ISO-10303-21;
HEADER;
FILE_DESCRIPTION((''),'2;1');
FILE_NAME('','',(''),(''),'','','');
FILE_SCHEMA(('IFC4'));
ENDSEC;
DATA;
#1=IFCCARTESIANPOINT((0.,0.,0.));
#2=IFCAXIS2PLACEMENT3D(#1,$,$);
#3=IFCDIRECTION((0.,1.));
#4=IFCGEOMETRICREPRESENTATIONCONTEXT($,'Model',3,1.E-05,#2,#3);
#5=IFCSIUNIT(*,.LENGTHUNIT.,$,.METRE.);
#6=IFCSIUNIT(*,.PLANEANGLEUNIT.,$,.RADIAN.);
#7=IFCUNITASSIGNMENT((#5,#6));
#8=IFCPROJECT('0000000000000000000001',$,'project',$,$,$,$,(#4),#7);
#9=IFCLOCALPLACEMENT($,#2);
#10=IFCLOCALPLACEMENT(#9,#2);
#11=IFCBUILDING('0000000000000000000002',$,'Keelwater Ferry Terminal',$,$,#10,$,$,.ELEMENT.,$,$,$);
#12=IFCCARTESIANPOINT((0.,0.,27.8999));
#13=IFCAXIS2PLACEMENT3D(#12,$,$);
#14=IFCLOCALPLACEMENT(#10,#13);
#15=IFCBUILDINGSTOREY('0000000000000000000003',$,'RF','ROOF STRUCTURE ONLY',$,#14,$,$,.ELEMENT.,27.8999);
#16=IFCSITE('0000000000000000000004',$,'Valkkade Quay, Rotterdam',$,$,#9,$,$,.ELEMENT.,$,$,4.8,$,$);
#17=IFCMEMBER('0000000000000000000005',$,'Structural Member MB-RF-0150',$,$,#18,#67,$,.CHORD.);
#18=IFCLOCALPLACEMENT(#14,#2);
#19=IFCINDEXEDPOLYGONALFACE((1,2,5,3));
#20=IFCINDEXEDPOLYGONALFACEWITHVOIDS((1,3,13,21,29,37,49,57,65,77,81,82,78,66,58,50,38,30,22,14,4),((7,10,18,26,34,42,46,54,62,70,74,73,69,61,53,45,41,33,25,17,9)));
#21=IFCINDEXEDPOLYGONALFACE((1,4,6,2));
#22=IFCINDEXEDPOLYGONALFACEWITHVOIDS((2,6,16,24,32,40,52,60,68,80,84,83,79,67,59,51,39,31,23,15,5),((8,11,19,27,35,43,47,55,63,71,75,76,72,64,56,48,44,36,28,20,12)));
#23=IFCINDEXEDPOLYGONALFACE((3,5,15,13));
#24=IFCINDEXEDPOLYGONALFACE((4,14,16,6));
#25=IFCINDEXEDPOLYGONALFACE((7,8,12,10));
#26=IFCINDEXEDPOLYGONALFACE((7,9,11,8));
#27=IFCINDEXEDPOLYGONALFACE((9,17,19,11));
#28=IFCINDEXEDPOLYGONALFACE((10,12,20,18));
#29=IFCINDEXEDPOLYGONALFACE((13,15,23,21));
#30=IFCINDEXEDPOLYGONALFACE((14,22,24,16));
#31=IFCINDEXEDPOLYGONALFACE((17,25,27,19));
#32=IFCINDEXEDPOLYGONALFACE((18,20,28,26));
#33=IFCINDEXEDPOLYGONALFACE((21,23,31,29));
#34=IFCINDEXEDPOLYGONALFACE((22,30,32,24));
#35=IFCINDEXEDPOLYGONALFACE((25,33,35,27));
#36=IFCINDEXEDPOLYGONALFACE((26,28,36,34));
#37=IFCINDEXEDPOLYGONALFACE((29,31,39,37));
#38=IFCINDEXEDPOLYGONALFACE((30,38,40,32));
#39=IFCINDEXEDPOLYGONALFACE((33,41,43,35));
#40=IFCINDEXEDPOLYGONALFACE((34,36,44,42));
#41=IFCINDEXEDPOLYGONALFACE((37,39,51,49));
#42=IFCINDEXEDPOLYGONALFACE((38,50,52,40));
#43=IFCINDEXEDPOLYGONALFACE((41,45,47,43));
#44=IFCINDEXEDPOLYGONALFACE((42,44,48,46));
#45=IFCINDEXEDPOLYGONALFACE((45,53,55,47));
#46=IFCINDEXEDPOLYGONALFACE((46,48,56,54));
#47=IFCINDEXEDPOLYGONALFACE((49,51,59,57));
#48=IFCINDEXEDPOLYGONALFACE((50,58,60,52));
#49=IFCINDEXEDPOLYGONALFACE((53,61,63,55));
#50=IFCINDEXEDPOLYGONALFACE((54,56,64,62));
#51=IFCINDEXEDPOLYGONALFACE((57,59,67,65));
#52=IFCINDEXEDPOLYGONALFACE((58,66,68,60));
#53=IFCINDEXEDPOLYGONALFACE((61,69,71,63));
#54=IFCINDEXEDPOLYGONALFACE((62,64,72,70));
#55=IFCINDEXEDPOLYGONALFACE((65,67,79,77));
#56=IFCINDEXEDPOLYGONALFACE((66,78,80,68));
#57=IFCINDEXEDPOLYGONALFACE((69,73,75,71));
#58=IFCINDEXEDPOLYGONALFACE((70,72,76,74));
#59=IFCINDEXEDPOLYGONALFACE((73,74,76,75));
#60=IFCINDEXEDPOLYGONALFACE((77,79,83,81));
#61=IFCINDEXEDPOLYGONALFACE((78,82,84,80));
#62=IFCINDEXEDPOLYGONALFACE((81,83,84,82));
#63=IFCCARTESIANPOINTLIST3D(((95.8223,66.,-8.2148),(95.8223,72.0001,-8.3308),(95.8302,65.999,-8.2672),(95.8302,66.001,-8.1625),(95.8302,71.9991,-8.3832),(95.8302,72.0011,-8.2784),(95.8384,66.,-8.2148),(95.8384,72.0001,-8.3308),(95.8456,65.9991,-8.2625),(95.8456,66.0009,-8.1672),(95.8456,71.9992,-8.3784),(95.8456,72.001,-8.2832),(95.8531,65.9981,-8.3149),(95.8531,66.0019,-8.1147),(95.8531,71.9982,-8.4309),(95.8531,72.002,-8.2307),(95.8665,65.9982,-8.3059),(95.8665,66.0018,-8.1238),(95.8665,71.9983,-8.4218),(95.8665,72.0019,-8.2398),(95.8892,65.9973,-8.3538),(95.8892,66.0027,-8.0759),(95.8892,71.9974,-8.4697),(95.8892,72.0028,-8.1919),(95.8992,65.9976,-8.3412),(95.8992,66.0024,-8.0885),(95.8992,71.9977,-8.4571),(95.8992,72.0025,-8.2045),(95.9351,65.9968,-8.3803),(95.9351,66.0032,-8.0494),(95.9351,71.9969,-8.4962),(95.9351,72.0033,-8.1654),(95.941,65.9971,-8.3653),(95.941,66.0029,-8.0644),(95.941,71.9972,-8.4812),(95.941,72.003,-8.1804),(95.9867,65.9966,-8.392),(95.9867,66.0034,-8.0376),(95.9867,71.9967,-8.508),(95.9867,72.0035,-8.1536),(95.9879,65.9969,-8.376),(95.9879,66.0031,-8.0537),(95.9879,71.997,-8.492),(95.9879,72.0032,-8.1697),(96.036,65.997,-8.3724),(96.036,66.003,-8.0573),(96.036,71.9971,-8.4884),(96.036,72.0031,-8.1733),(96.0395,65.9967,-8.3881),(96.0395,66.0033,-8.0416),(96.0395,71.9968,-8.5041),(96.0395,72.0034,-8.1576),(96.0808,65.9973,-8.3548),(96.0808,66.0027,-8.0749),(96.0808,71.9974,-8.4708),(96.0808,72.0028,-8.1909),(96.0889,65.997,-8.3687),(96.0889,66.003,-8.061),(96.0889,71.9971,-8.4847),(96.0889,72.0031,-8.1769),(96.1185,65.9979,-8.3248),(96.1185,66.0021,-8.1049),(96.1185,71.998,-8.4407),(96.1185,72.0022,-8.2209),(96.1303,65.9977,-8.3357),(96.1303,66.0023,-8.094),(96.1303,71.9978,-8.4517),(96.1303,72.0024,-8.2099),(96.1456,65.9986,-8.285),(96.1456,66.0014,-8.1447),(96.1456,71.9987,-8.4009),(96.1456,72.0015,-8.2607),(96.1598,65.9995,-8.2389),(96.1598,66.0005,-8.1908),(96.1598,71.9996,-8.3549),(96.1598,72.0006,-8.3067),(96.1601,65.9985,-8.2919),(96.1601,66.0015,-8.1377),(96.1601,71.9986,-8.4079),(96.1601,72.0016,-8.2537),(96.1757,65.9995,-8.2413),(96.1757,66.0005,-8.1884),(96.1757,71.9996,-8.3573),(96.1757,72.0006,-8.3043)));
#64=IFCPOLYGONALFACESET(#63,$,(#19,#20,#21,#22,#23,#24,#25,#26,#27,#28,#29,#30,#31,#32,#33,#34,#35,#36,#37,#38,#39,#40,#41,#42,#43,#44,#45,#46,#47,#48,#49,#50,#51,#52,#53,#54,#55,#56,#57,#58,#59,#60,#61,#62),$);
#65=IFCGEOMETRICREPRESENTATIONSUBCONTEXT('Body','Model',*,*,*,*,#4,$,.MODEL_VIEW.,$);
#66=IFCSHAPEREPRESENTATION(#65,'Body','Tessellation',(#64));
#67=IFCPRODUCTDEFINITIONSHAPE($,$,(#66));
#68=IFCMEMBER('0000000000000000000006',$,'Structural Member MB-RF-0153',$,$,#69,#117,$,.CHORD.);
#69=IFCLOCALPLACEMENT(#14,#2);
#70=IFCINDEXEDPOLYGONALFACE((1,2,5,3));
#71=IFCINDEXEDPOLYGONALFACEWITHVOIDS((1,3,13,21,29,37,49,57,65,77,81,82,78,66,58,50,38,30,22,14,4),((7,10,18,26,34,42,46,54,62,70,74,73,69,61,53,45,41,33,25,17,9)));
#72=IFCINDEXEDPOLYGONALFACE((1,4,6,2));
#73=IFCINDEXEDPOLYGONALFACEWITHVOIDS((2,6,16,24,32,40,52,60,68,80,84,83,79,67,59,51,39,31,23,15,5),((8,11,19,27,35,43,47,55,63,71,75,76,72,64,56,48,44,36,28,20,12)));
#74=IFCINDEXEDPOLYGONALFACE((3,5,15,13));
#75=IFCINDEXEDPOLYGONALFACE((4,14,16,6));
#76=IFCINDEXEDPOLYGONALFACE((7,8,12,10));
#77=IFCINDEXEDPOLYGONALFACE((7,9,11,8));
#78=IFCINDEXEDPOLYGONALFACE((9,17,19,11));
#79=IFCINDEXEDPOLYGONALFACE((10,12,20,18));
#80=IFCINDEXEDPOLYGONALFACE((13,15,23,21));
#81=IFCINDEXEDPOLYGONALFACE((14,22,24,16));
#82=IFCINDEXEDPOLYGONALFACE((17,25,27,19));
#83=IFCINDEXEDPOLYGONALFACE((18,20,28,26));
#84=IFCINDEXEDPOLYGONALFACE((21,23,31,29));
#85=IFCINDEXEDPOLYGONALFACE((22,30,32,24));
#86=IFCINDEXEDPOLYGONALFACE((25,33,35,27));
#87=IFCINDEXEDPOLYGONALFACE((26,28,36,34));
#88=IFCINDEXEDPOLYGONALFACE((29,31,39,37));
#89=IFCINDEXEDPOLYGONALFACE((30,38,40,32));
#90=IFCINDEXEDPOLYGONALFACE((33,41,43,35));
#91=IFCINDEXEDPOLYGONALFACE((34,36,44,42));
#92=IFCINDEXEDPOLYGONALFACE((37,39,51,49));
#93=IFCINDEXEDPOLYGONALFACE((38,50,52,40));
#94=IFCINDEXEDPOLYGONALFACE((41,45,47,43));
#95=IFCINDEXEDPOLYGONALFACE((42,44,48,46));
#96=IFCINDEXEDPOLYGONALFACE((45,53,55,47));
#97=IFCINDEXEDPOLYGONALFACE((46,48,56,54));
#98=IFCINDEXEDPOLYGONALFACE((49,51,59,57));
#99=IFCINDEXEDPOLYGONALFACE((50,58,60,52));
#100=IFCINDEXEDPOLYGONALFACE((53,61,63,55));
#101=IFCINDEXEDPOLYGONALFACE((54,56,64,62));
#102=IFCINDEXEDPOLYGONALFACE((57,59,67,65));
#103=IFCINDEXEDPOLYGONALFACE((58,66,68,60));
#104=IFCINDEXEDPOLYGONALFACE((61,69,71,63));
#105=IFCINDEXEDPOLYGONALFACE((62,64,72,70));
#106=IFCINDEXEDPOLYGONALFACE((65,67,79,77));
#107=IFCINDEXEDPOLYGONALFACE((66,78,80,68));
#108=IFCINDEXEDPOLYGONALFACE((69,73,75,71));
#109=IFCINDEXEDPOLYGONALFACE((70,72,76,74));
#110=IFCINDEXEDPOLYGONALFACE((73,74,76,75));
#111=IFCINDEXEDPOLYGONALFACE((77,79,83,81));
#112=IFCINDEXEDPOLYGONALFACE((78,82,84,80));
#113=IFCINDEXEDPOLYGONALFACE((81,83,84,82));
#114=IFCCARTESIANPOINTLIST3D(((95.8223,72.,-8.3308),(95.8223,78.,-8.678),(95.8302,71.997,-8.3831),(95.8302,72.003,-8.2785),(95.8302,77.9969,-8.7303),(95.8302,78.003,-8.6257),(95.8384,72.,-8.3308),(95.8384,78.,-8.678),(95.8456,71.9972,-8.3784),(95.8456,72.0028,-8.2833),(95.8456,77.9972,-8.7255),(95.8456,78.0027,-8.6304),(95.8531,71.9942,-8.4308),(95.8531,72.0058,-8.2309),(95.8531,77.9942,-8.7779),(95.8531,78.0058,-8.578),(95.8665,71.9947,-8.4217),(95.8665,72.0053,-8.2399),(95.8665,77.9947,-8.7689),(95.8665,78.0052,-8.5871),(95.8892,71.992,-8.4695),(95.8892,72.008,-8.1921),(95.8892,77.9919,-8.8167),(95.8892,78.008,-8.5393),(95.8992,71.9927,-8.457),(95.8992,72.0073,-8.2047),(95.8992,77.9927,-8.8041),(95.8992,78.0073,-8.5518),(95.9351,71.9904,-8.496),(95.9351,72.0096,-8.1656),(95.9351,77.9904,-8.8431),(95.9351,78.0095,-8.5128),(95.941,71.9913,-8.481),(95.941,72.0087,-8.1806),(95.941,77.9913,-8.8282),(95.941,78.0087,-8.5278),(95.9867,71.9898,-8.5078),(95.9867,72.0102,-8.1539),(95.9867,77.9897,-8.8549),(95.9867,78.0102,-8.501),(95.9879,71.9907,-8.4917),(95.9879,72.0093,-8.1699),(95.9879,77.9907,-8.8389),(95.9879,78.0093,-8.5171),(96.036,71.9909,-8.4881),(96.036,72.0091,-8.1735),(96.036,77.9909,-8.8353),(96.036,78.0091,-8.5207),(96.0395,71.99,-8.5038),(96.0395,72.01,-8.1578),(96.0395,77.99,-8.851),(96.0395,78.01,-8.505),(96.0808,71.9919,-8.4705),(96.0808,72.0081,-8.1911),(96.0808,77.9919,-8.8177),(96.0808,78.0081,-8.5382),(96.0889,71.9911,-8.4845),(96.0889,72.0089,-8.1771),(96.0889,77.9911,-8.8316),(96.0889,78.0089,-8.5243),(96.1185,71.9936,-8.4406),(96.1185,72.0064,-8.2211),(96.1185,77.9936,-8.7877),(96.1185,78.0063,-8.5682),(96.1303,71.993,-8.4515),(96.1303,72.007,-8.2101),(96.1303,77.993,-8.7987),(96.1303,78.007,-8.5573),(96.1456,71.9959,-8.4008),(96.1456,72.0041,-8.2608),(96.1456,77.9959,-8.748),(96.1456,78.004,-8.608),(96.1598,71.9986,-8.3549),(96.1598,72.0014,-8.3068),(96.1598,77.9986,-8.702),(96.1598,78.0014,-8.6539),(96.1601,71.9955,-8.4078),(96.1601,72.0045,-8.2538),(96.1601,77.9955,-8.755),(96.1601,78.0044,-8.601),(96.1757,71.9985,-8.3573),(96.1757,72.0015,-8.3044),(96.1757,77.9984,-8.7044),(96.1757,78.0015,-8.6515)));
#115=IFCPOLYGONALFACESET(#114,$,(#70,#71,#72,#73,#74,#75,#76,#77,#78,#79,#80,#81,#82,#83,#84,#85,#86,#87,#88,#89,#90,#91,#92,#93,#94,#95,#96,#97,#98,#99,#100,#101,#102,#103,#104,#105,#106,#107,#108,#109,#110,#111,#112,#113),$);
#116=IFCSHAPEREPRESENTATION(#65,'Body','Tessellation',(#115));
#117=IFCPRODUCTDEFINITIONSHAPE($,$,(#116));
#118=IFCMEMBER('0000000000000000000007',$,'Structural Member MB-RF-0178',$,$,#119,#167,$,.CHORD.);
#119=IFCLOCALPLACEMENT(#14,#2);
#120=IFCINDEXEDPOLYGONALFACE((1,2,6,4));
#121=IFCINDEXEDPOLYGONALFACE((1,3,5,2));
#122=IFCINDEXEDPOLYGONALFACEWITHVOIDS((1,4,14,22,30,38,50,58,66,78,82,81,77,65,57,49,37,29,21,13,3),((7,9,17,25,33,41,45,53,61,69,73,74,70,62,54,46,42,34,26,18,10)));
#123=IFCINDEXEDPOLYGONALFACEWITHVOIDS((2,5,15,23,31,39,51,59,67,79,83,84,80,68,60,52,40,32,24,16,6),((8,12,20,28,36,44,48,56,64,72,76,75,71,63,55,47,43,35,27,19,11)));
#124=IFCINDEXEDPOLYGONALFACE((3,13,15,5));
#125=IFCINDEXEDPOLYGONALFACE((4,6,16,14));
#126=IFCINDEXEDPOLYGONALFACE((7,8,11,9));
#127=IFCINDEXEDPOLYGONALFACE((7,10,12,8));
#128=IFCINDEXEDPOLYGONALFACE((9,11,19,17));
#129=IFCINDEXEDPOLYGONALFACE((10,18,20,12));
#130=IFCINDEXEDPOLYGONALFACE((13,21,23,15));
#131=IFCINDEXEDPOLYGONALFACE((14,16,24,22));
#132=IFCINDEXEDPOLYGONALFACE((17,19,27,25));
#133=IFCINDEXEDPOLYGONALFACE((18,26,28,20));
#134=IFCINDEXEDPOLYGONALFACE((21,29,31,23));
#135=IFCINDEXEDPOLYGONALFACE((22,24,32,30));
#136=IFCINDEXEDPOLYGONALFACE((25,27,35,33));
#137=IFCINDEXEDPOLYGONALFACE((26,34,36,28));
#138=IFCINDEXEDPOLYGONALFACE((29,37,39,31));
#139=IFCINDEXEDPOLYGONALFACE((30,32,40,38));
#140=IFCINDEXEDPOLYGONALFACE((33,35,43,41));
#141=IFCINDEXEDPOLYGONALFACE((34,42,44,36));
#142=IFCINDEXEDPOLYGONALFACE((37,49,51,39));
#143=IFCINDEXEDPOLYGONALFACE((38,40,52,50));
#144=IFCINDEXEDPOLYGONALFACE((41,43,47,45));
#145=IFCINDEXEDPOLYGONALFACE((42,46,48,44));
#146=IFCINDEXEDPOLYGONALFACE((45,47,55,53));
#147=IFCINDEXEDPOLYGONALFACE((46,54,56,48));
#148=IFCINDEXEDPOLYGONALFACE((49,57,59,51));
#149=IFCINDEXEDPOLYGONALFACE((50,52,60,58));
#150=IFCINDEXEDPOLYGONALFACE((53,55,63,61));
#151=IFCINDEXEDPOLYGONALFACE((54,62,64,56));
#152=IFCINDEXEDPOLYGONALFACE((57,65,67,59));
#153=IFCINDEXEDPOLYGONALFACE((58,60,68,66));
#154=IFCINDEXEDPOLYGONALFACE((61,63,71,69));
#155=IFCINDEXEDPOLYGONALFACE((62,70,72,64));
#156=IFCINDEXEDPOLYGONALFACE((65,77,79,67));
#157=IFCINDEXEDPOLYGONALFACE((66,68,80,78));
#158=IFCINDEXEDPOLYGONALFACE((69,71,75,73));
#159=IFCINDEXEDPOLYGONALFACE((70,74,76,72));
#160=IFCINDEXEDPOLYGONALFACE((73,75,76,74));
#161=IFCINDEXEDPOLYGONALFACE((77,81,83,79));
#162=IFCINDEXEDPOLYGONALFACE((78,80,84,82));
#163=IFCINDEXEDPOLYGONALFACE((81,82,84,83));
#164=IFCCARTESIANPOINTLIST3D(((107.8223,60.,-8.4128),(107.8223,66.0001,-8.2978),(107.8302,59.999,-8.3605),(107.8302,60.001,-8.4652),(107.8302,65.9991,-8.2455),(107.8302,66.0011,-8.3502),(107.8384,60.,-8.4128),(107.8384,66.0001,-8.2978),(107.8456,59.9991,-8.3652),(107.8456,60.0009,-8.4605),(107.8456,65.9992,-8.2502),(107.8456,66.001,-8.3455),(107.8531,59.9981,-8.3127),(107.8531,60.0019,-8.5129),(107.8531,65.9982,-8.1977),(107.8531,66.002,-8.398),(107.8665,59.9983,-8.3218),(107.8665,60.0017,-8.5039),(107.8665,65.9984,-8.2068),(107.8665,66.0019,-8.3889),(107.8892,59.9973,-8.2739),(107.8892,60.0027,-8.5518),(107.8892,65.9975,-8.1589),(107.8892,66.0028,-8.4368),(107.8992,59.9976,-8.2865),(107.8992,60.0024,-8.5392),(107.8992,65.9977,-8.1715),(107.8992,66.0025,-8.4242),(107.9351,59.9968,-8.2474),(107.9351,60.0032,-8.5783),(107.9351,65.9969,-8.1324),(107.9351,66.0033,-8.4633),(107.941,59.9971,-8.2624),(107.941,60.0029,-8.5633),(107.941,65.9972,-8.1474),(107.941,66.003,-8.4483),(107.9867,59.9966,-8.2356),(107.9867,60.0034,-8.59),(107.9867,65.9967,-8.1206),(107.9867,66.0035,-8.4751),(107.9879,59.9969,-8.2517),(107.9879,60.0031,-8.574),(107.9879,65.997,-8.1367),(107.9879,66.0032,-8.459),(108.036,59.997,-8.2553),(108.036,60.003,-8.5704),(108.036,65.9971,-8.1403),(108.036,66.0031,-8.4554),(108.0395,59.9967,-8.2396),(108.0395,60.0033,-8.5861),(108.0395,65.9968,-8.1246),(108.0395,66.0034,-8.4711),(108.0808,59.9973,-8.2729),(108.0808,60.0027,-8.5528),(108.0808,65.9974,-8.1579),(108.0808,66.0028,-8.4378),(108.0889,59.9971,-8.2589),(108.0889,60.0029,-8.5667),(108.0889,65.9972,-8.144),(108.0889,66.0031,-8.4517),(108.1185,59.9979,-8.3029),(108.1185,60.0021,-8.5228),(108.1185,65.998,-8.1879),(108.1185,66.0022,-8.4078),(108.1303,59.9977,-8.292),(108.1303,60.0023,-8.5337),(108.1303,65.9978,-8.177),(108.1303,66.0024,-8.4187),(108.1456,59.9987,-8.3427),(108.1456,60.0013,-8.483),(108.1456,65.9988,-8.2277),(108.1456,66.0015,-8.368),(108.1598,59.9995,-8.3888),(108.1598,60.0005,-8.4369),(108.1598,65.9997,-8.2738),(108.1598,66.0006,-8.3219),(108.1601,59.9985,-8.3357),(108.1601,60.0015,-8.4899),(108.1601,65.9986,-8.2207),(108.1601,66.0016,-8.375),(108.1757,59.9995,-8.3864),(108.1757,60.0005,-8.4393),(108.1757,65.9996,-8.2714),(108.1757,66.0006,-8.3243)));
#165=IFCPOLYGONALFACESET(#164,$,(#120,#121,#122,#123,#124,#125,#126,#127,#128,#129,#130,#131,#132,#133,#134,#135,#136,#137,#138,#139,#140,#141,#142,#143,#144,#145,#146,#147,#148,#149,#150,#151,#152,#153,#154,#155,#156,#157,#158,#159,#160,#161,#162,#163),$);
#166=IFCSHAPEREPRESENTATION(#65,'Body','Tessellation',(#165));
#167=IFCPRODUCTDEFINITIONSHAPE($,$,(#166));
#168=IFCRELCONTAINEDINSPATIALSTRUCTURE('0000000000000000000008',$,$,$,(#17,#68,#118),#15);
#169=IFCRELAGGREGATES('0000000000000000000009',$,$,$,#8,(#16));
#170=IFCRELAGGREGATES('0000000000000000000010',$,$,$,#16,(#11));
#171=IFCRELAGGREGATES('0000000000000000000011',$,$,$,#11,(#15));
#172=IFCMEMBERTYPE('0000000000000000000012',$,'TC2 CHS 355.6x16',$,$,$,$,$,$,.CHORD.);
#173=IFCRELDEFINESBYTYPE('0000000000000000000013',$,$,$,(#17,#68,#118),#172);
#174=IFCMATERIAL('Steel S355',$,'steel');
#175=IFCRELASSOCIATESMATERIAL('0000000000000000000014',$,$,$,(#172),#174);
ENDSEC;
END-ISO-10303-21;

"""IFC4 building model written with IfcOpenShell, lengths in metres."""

from ifc_helpers import new_model, si_unit, direction, frame, origin, origin_2d, place, context, subcontext, project, spatial, hollow_circle, extrude, material, material_profile, profile_set, type_object, element, save


model = new_model("IFC4")

# Units and contexts
model_context = context("Model", 3, precision=1e-05, world=origin(), true_north=direction((0.0, 1.0)))
body_context = subcontext(model_context, "Body", "Model", "MODEL_VIEW")
ifc_project = project(units=[si_unit("LENGTHUNIT", "METRE"), si_unit("PLANEANGLEUNIT", "RADIAN")], contexts=[model_context])

# Site, building, storey
site_placement = place(None, origin())
site = spatial("IfcSite", under=ifc_project, at=site_placement, Name="Valkkade Quay, Rotterdam", CompositionType="ELEMENT", RefElevation=4.8)
building_placement = place(site_placement, origin())
building = spatial("IfcBuilding", under=site, at=building_placement, Name="Keelwater Ferry Terminal", CompositionType="ELEMENT")
storey_placement = place(building_placement, frame((0.0, 0.0, 27.8999)))
storey = spatial("IfcBuildingStorey", under=building, at=storey_placement, Name="RF", Description="ROOF STRUCTURE ONLY", CompositionType="ELEMENT", Elevation=27.8999)

# Members
ifc_material_1 = material(Name="Steel S355", Category="steel")
ifc_material_profile_1 = material_profile(ifc_material_1, hollow_circle(Radius=0.1777, WallThickness=0.0161, at=origin_2d()), Name="CHS 355.6x16")
ifc_profile_set_1 = profile_set([ifc_material_profile_1], Name="Steel S355")
member_type_1 = type_object("IfcMemberType", Name="TC2 CHS 355.6x16", PredefinedType="CHORD", material=ifc_profile_set_1)
for number, where, z_axis, x_axis, name in (
    (1, (96.0, 66.0, -8.2148), (0.0, 0.999813, -0.019324), (-1.0, 0.0, 0.0), "Structural Member MB-RF-0150"),
):
    element("IfcMember", number, at=place(storey_placement, frame(where, z_axis=z_axis, x_axis=x_axis)), inside=storey, type_object=member_type_1, Name=name, PredefinedType="CHORD", context=body_context, shape_type="SweptSolid", body=[
        extrude(hollow_circle(Radius=0.1777, WallThickness=0.0161, at=origin_2d()), origin(), (0.0, 0.0, 1.0), 6.0012),
    ])
member_1_placement = place(storey_placement, frame((96.0, 72.0, -8.3308), z_axis=(0.0, 0.99833, -0.057765), x_axis=(-1.0, 0.0, 0.0)))
element("IfcMember", 2, at=member_1_placement, inside=storey, type_object=member_type_1, Name="Structural Member MB-RF-0153", PredefinedType="CHORD", context=body_context, shape_type="SweptSolid", body=[
    extrude(hollow_circle(Radius=0.1777, WallThickness=0.0161, at=origin_2d()), origin(), (0.0, 0.0, 1.0), 6.01),
])
for number, where, z_axis, x_axis, name in (
    (3, (108.0, 60.0, -8.4128), (0.0, 0.999816, 0.019162), (-1.0, 0.0, 0.0), "Structural Member MB-RF-0178"),
):
    element("IfcMember", number, at=place(storey_placement, frame(where, z_axis=z_axis, x_axis=x_axis)), inside=storey, type_object=member_type_1, Name=name, PredefinedType="CHORD", context=body_context, shape_type="SweptSolid", body=[
        extrude(hollow_circle(Radius=0.1777, WallThickness=0.0161, at=origin_2d()), origin(), (0.0, 0.0, 1.0), 6.0012),
    ])

save(model, "model.ifc")
